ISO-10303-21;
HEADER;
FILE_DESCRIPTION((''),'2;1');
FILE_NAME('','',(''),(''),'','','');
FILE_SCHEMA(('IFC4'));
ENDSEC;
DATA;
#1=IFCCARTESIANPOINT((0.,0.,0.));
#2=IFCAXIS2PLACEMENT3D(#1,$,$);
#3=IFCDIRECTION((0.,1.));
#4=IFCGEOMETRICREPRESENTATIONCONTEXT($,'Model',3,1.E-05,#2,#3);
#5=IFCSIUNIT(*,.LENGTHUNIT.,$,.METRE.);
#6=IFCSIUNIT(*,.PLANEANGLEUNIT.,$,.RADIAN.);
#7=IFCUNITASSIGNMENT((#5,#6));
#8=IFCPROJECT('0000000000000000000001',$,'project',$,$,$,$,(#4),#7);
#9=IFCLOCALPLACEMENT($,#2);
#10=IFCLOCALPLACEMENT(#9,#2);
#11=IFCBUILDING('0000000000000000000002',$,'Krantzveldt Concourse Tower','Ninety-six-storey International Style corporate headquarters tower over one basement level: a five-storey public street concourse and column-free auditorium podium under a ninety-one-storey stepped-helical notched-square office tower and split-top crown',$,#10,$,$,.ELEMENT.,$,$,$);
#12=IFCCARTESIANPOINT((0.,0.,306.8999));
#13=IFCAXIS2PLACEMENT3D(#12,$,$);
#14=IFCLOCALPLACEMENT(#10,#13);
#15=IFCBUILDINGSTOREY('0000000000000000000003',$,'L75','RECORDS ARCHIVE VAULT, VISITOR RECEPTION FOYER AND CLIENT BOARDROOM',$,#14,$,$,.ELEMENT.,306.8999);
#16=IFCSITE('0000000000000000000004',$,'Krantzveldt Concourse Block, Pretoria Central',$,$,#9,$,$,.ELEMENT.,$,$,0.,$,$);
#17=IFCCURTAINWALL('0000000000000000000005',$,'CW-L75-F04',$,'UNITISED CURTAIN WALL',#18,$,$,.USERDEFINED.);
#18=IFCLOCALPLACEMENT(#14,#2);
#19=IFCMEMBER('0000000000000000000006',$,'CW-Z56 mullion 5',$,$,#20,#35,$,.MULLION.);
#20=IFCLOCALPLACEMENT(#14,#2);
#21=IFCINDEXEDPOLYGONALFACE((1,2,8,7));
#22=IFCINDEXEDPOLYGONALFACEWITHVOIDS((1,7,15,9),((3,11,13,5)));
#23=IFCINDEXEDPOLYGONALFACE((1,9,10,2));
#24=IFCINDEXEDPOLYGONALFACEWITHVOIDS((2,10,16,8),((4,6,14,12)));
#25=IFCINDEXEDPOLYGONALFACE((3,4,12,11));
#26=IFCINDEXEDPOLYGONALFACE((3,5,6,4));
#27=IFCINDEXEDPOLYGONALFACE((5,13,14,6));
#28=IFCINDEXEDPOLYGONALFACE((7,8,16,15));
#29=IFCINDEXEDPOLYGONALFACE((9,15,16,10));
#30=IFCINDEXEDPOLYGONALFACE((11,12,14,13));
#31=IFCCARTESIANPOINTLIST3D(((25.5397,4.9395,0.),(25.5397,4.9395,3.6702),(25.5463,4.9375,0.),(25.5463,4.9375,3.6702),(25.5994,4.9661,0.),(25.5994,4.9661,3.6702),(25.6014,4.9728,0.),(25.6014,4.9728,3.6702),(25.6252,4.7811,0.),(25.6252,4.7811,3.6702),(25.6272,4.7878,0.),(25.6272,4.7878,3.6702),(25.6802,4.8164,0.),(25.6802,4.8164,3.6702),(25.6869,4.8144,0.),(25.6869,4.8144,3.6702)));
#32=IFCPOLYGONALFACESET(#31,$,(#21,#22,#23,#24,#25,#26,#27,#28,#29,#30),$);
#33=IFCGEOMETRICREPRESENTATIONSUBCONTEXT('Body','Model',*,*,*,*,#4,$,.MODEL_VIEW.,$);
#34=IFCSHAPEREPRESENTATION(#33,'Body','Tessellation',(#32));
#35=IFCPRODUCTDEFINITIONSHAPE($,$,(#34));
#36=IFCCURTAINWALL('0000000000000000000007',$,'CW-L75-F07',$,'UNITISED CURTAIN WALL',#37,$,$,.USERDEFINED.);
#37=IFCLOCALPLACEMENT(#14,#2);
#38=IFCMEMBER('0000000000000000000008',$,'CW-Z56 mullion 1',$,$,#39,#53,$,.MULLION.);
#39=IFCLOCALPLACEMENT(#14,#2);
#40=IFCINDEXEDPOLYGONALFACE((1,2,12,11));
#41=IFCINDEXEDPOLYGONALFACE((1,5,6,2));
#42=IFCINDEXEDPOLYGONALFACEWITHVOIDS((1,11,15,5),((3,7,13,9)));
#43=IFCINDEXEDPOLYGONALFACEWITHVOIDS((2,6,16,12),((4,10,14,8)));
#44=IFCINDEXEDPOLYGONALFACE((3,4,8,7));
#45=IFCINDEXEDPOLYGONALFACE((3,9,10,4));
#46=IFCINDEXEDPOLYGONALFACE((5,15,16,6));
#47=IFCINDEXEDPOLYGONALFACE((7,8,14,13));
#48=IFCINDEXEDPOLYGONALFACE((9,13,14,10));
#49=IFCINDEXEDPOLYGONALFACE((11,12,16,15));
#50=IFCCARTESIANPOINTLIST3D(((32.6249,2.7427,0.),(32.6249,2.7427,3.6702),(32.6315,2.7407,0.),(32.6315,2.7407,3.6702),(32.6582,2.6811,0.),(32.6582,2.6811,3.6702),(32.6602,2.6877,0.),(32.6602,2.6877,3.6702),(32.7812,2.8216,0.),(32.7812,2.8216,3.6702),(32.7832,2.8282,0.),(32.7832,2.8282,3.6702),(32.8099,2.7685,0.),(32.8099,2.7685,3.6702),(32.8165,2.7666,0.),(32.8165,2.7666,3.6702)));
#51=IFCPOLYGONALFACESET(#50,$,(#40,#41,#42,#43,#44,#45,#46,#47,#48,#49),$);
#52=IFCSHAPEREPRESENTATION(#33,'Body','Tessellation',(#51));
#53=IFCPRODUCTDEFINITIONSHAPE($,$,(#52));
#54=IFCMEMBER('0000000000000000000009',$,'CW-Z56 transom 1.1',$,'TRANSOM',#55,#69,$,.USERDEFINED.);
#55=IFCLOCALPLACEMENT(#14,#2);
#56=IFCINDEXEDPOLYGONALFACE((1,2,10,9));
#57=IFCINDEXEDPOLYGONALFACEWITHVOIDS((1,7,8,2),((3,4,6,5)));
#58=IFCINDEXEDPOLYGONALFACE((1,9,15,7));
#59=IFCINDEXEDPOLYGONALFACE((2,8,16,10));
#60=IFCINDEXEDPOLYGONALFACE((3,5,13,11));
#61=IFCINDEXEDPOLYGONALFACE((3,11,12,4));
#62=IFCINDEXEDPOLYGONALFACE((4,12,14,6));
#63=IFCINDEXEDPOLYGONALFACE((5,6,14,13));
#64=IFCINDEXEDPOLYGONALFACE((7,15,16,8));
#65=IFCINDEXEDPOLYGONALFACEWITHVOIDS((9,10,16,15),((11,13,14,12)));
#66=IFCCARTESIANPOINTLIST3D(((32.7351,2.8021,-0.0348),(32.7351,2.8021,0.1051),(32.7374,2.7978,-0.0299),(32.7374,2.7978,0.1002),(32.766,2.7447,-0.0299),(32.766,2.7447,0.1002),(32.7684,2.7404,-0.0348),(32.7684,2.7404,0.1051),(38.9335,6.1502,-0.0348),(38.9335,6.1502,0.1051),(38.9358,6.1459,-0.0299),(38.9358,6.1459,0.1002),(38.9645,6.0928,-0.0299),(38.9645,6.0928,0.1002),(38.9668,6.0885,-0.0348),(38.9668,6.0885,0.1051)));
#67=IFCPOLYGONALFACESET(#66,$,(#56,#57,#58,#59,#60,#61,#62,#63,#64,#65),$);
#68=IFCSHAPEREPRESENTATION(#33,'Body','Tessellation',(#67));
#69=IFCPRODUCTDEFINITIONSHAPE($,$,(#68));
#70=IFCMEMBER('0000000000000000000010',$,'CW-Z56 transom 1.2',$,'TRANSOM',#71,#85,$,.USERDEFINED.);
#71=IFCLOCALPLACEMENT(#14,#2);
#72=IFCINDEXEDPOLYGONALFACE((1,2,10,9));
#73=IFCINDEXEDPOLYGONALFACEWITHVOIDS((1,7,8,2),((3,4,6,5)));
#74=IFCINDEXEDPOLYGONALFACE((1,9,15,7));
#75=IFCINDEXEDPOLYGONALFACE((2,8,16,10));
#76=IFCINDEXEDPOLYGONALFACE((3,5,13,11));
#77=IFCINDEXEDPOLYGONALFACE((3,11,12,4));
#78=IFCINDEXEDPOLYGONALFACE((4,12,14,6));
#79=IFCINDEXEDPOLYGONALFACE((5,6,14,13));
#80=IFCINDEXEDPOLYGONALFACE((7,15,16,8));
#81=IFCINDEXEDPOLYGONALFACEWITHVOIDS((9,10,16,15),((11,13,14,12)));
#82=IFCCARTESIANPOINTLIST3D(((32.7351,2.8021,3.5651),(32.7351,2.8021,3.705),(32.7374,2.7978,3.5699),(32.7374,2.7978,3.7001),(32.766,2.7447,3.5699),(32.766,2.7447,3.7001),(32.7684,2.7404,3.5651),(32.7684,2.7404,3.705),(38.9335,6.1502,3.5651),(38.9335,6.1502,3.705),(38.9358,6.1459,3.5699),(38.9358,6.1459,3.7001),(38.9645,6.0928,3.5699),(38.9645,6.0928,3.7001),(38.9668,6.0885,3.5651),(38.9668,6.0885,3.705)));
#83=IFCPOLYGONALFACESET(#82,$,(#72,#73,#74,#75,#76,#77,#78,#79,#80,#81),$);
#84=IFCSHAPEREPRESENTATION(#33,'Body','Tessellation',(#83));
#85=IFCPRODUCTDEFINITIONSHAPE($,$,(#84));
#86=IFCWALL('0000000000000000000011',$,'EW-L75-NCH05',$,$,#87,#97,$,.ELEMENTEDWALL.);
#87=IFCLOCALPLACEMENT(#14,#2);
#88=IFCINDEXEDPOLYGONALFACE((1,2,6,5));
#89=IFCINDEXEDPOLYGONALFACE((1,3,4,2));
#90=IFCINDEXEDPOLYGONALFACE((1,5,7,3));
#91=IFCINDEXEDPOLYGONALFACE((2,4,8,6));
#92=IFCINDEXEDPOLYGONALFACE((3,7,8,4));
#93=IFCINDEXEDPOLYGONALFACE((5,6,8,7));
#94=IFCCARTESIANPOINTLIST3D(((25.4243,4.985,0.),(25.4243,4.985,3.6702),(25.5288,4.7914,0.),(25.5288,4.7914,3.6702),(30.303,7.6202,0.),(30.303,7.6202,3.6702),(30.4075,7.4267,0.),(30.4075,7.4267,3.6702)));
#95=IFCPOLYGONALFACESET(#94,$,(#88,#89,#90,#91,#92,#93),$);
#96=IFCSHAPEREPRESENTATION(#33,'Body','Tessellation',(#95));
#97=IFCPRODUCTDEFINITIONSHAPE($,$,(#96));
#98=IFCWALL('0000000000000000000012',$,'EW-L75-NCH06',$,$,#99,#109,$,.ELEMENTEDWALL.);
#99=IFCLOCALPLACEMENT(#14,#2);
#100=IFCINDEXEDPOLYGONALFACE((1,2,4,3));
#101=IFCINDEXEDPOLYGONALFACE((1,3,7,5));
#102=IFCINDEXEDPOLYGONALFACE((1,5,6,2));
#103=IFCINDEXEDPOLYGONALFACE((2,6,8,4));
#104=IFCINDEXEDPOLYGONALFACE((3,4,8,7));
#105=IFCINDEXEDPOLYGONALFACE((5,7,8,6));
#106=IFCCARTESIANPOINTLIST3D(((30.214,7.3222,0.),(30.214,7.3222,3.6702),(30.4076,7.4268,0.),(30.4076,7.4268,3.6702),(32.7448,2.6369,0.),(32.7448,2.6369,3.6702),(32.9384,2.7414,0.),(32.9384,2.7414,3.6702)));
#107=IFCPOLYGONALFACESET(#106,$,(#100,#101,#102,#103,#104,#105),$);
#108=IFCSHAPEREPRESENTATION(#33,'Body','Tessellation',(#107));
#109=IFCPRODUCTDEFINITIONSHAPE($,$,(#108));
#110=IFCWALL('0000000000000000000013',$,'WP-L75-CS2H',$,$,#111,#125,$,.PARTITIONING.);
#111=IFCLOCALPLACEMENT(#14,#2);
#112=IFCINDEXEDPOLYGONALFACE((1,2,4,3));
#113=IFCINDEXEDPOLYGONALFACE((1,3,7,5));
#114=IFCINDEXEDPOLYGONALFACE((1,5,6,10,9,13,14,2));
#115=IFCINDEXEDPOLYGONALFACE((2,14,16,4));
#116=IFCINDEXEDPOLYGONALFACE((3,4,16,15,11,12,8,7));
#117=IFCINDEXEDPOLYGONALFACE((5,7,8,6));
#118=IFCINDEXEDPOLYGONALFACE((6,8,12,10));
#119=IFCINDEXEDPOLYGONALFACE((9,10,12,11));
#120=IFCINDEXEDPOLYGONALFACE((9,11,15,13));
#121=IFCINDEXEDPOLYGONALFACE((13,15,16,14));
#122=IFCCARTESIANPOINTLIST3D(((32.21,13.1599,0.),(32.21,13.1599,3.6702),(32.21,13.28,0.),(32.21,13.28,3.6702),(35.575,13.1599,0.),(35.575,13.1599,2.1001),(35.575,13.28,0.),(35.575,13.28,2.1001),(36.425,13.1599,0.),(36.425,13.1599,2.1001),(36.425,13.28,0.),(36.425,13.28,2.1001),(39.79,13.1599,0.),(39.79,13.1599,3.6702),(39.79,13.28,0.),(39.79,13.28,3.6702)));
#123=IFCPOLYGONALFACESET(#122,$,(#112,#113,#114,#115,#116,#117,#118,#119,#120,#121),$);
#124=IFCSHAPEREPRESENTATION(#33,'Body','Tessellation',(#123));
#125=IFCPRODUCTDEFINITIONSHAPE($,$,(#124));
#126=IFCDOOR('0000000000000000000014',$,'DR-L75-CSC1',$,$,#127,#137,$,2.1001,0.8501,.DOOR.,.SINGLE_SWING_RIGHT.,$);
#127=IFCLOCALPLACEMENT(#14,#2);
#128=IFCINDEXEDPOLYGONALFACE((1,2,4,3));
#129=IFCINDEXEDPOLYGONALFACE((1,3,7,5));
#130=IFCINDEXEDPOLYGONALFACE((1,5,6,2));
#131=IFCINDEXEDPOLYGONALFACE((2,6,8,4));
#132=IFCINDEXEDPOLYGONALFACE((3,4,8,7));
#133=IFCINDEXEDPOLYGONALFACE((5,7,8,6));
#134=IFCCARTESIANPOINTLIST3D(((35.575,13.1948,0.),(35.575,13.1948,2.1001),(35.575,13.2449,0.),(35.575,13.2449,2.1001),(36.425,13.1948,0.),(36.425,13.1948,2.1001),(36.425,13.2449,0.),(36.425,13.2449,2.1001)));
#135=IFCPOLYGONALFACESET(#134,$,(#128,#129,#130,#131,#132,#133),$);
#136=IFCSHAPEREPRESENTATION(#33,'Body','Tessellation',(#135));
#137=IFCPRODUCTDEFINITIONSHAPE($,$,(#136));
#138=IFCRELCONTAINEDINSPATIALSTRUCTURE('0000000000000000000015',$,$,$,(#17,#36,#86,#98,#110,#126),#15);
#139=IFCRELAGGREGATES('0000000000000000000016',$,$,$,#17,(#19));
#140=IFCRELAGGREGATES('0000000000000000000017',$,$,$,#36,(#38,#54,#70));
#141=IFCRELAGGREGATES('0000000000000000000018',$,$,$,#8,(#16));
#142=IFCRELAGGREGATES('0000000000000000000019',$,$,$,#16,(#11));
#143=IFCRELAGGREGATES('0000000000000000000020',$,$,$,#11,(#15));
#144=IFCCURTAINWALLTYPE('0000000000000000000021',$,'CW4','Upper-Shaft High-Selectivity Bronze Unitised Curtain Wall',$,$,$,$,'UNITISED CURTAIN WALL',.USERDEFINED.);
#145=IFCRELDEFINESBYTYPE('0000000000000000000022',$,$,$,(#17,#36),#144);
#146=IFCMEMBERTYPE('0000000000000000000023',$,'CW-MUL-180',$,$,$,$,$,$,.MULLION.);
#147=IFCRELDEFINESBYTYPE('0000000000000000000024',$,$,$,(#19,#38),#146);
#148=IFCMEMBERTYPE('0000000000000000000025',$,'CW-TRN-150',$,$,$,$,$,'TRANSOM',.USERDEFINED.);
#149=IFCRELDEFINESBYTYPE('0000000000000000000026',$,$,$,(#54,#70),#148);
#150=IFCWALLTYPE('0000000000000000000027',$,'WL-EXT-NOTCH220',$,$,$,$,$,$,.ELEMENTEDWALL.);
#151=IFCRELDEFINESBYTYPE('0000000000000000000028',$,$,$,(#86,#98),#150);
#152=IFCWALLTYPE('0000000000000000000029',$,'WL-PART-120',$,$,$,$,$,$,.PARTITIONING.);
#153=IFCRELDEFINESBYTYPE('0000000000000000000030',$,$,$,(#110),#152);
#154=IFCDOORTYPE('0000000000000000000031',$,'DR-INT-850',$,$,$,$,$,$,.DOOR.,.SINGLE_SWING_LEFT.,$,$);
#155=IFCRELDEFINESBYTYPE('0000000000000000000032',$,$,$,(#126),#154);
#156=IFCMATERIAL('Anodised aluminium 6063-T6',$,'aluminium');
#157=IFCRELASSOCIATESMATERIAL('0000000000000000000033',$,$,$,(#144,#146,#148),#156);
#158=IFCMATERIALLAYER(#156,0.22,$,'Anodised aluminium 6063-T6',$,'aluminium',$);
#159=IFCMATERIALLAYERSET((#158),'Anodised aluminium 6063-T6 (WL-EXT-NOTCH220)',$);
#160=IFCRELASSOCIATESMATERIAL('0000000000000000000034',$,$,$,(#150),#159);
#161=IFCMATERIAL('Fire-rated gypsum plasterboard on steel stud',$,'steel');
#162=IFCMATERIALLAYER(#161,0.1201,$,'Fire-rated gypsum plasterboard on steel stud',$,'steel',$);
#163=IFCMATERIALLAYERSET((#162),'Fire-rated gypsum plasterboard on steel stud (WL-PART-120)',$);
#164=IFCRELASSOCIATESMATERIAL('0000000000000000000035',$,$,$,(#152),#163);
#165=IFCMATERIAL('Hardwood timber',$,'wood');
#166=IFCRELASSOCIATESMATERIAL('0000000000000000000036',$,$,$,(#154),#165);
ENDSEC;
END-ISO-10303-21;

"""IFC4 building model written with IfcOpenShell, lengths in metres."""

from ifc_helpers import new_model, si_unit, direction, frame, frame_2d, origin, origin_2d, place, context, subcontext, project, spatial, rectangle, hollow_rectangle, extrude, source, transform, mapped, material, layer, layer_set, material_profile, profile_set, type_object, type_shapes, element, fill, aggregate, save


model = new_model("IFC4")

# Units and contexts
model_context = context("Model", 3, precision=1e-05, world=origin(), true_north=direction((0.0, 1.0)))
body_context = subcontext(model_context, "Body", "Model", "MODEL_VIEW")
ifc_project = project(units=[si_unit("LENGTHUNIT", "METRE"), si_unit("PLANEANGLEUNIT", "RADIAN")], contexts=[model_context])

# Site, building, storey
site_placement = place(None, origin())
site = spatial("IfcSite", under=ifc_project, at=site_placement, Name="Krantzveldt Concourse Block, Pretoria Central", CompositionType="ELEMENT", RefElevation=0.0)
building_placement = place(site_placement, origin())
building = spatial("IfcBuilding", under=site, at=building_placement, Name="Krantzveldt Concourse Tower", Description="Ninety-six-storey International Style corporate headquarters tower over one basement level: a five-storey public street concourse and column-free auditorium podium under a ninety-one-storey stepped-helical notched-square office tower and split-top crown", CompositionType="ELEMENT")
storey_placement = place(building_placement, frame((0.0, 0.0, 306.8999)))
storey = spatial("IfcBuildingStorey", under=building, at=storey_placement, Name="L75", Description="RECORDS ARCHIVE VAULT, VISITOR RECEPTION FOYER AND CLIENT BOARDROOM", CompositionType="ELEMENT", Elevation=306.8999)

# Curtain wall, member
ifc_material_1 = material(Name="Anodised aluminium 6063-T6", Category="aluminium")
curtain_wall_type = type_object("IfcCurtainWallType", Name="CW4", Description="Upper-Shaft High-Selectivity Bronze Unitised Curtain Wall", ElementType="UNITISED CURTAIN WALL", PredefinedType="USERDEFINED", material=ifc_material_1)
curtain_wall_1_placement = place(storey_placement, origin())
curtain_wall_1 = element("IfcCurtainWall", 1, at=curtain_wall_1_placement, inside=storey, type_object=curtain_wall_type, Name="CW-L75-F04", ObjectType="UNITISED CURTAIN WALL", PredefinedType="USERDEFINED")
ifc_material_profile_1 = material_profile(ifc_material_1, hollow_rectangle(XDim=0.0701, YDim=0.1799, WallThickness=0.0049, at=origin_2d()), Name="Anodised aluminium 6063-T6", Category="aluminium")
ifc_profile_set_1 = profile_set([ifc_material_profile_1], Name="Anodised aluminium 6063-T6 - ALU-MULL 180x70x5")
member_type_1 = type_object("IfcMemberType", Name="CW-MUL-180", PredefinedType="MULLION", material=ifc_profile_set_1)
shared_shape_1 = source(origin(), body_context, "Body", "SweptSolid", [
    extrude(hollow_rectangle(XDim=0.0701, YDim=0.1799, WallThickness=0.0049, at=origin_2d()), origin(), (0.0, 0.0, 1.0), 3.6702),
])
type_shapes(member_type_1, [shared_shape_1])
member_1_placement = place(storey_placement, frame((25.6133, 4.877, 0.0), z_axis=(0.0, 0.0, 1.0), x_axis=(0.879856, 0.47524, 0.0)))
member_1 = element("IfcMember", 2, at=member_1_placement, type_object=member_type_1, Name="CW-Z56 mullion 5", PredefinedType="MULLION", context=body_context, shape_type="MappedRepresentation", body=[
    mapped(shared_shape_1, transform((0.0, 0.0, 0.0), x_axis=(1.0, 0.0, 0.0), y_axis=(0.0, 1.0, 0.0), z_axis=(0.0, 0.0, 1.0), scale=1.0)),
])
aggregate(curtain_wall_1, [member_1])

# Curtain wall, members
curtain_wall_2_placement = place(storey_placement, origin())
curtain_wall_2 = element("IfcCurtainWall", 3, at=curtain_wall_2_placement, inside=storey, type_object=curtain_wall_type, Name="CW-L75-F07", ObjectType="UNITISED CURTAIN WALL", PredefinedType="USERDEFINED")
member_2_placement = place(storey_placement, frame((32.7207, 2.7546, 0.0), z_axis=(0.0, 0.0, 1.0), x_axis=(-0.47524, 0.879856, 0.0)))
member_2 = element("IfcMember", 4, at=member_2_placement, type_object=member_type_1, Name="CW-Z56 mullion 1", PredefinedType="MULLION", context=body_context, shape_type="MappedRepresentation", body=[
    mapped(shared_shape_1, transform((0.0, 0.0, 0.0), x_axis=(1.0, 0.0, 0.0), y_axis=(0.0, 1.0, 0.0), z_axis=(0.0, 0.0, 1.0), scale=1.0)),
])
ifc_material_profile_2 = material_profile(ifc_material_1, hollow_rectangle(XDim=0.0701, YDim=0.1399, WallThickness=0.0049, at=origin_2d()), Name="Anodised aluminium 6063-T6", Category="aluminium")
ifc_profile_set_2 = profile_set([ifc_material_profile_2], Name="Anodised aluminium 6063-T6 - ALU-TRAN 140x70x5")
member_type_2 = type_object("IfcMemberType", Name="CW-TRN-150", ElementType="TRANSOM", PredefinedType="USERDEFINED", material=ifc_profile_set_2)
shared_shape_2 = source(origin(), body_context, "Body", "SweptSolid", [
    extrude(hollow_rectangle(XDim=0.0701, YDim=0.1399, WallThickness=0.0049, at=origin_2d()), origin(), (0.0, 0.0, 1.0), 7.0449),
])
type_shapes(member_type_2, [shared_shape_2])
member_3_placement = place(storey_placement, frame((32.7517, 2.7712, 0.0352), z_axis=(0.879848, 0.475255, 0.0), x_axis=(-0.475255, 0.879848, 0.0)))
member_3 = element("IfcMember", 5, at=member_3_placement, type_object=member_type_2, Name="CW-Z56 transom 1.1", ObjectType="TRANSOM", PredefinedType="USERDEFINED", context=body_context, shape_type="MappedRepresentation", body=[
    mapped(shared_shape_2, transform((0.0, 0.0, 0.0), x_axis=(1.0, 0.0, 0.0), y_axis=(0.0, 1.0, 0.0), z_axis=(0.0, 0.0, 1.0), scale=1.0)),
])
member_4_placement = place(storey_placement, frame((32.7517, 2.7712, 3.635), z_axis=(0.879848, 0.475255, 0.0), x_axis=(-0.475255, 0.879848, 0.0)))
member_4 = element("IfcMember", 6, at=member_4_placement, type_object=member_type_2, Name="CW-Z56 transom 1.2", ObjectType="TRANSOM", PredefinedType="USERDEFINED", context=body_context, shape_type="MappedRepresentation", body=[
    mapped(shared_shape_2, transform((0.0, 0.0, 0.0), x_axis=(1.0, 0.0, 0.0), y_axis=(0.0, 1.0, 0.0), z_axis=(0.0, 0.0, 1.0), scale=1.0)),
])
aggregate(curtain_wall_2, [member_2, member_3, member_4])

# Walls
ifc_layer_1 = layer(ifc_material_1, 0.22, Name="Anodised aluminium 6063-T6", Category="aluminium")
ifc_layer_set_1 = layer_set([ifc_layer_1], Name="Anodised aluminium 6063-T6 (WL-EXT-NOTCH220)")
wall_type_1 = type_object("IfcWallType", Name="WL-EXT-NOTCH220", PredefinedType="ELEMENTEDWALL", material=ifc_layer_set_1)
wall_1_placement = place(storey_placement, frame((25.4766, 4.8882, 0.0), z_axis=(0.0, 0.0, 1.0), x_axis=(0.879847, 0.475257, 0.0)))
element("IfcWall", 7, at=wall_1_placement, inside=storey, type_object=wall_type_1, Name="EW-L75-NCH05", PredefinedType="ELEMENTEDWALL", context=body_context, shape_type="SweptSolid", body=[
    extrude(rectangle(XDim=5.5449, YDim=0.22, at=frame_2d((2.7725, 0.0))), origin(), (0.0, 0.0, 1.0), 3.6702),
])
wall_2_placement = place(storey_placement, frame((30.3108, 7.3745, 0.0), z_axis=(0.0, 0.0, 1.0), x_axis=(0.47525, -0.879851, 0.0)))
element("IfcWall", 8, at=wall_2_placement, inside=storey, type_object=wall_type_1, Name="EW-L75-NCH06", PredefinedType="ELEMENTEDWALL", context=body_context, shape_type="SweptSolid", body=[
    extrude(rectangle(XDim=5.3252, YDim=0.22, at=frame_2d((2.6626, 0.0))), origin(), (0.0, 0.0, 1.0), 3.6702),
])

# Wall, opening, door
ifc_material_2 = material(Name="Fire-rated gypsum plasterboard on steel stud", Category="steel")
ifc_layer_2 = layer(ifc_material_2, 0.1201, Name="Fire-rated gypsum plasterboard on steel stud", Category="steel")
ifc_layer_set_2 = layer_set([ifc_layer_2], Name="Fire-rated gypsum plasterboard on steel stud (WL-PART-120)")
wall_type_2 = type_object("IfcWallType", Name="WL-PART-120", PredefinedType="PARTITIONING", material=ifc_layer_set_2)
wall_3_placement = place(storey_placement, frame((32.21, 13.22, 0.0), z_axis=(0.0, 0.0, 1.0), x_axis=(1.0, 0.0, 0.0)))
wall_3 = element("IfcWall", 9, at=wall_3_placement, inside=storey, type_object=wall_type_2, Name="WP-L75-CS2H", PredefinedType="PARTITIONING", context=body_context, shape_type="SweptSolid", body=[
    extrude(rectangle(XDim=7.5801, YDim=0.1201, at=frame_2d((3.79, 0.0))), origin(), (0.0, 0.0, 1.0), 3.6702),
])
opening_1_placement = place(wall_3_placement, frame((3.365, 0.0, 0.0)))
opening_1 = element("IfcOpeningElement", 10, at=opening_1_placement, cuts=wall_3, PredefinedType="OPENING", context=body_context, shape_type="SweptSolid", body=[
    extrude(rectangle(XDim=0.8501, YDim=2.1001, at=frame_2d((0.425, 1.05))), frame((0.0, 0.0701, 0.0), z_axis=(0.0, -1.0, 0.0), x_axis=(1.0, 0.0, 0.0)), (0.0, 0.0, 1.0), 0.1401),
])
ifc_material_3 = material(Name="Hardwood timber", Category="wood")
door_type_1 = type_object("IfcDoorType", Name="DR-INT-850", OperationType="SINGLE_SWING_LEFT", PredefinedType="DOOR", material=ifc_material_3)
door_1_placement = place(opening_1_placement, origin())
door_1 = element("IfcDoor", 11, at=door_1_placement, inside=storey, type_object=door_type_1, Name="DR-L75-CSC1", OperationType="SINGLE_SWING_RIGHT", OverallHeight=2.1001, OverallWidth=0.8501, PredefinedType="DOOR", context=body_context, shape_type="SweptSolid", body=[
    extrude(rectangle(XDim=0.8501, YDim=2.1001, at=frame_2d((0.425, 1.05))), frame((0.0, 0.0249, 0.0), z_axis=(0.0, -1.0, 0.0), x_axis=(1.0, 0.0, 0.0)), (0.0, 0.0, 1.0), 0.05),
])
fill(opening_1, door_1)

save(model, "model.ifc")
